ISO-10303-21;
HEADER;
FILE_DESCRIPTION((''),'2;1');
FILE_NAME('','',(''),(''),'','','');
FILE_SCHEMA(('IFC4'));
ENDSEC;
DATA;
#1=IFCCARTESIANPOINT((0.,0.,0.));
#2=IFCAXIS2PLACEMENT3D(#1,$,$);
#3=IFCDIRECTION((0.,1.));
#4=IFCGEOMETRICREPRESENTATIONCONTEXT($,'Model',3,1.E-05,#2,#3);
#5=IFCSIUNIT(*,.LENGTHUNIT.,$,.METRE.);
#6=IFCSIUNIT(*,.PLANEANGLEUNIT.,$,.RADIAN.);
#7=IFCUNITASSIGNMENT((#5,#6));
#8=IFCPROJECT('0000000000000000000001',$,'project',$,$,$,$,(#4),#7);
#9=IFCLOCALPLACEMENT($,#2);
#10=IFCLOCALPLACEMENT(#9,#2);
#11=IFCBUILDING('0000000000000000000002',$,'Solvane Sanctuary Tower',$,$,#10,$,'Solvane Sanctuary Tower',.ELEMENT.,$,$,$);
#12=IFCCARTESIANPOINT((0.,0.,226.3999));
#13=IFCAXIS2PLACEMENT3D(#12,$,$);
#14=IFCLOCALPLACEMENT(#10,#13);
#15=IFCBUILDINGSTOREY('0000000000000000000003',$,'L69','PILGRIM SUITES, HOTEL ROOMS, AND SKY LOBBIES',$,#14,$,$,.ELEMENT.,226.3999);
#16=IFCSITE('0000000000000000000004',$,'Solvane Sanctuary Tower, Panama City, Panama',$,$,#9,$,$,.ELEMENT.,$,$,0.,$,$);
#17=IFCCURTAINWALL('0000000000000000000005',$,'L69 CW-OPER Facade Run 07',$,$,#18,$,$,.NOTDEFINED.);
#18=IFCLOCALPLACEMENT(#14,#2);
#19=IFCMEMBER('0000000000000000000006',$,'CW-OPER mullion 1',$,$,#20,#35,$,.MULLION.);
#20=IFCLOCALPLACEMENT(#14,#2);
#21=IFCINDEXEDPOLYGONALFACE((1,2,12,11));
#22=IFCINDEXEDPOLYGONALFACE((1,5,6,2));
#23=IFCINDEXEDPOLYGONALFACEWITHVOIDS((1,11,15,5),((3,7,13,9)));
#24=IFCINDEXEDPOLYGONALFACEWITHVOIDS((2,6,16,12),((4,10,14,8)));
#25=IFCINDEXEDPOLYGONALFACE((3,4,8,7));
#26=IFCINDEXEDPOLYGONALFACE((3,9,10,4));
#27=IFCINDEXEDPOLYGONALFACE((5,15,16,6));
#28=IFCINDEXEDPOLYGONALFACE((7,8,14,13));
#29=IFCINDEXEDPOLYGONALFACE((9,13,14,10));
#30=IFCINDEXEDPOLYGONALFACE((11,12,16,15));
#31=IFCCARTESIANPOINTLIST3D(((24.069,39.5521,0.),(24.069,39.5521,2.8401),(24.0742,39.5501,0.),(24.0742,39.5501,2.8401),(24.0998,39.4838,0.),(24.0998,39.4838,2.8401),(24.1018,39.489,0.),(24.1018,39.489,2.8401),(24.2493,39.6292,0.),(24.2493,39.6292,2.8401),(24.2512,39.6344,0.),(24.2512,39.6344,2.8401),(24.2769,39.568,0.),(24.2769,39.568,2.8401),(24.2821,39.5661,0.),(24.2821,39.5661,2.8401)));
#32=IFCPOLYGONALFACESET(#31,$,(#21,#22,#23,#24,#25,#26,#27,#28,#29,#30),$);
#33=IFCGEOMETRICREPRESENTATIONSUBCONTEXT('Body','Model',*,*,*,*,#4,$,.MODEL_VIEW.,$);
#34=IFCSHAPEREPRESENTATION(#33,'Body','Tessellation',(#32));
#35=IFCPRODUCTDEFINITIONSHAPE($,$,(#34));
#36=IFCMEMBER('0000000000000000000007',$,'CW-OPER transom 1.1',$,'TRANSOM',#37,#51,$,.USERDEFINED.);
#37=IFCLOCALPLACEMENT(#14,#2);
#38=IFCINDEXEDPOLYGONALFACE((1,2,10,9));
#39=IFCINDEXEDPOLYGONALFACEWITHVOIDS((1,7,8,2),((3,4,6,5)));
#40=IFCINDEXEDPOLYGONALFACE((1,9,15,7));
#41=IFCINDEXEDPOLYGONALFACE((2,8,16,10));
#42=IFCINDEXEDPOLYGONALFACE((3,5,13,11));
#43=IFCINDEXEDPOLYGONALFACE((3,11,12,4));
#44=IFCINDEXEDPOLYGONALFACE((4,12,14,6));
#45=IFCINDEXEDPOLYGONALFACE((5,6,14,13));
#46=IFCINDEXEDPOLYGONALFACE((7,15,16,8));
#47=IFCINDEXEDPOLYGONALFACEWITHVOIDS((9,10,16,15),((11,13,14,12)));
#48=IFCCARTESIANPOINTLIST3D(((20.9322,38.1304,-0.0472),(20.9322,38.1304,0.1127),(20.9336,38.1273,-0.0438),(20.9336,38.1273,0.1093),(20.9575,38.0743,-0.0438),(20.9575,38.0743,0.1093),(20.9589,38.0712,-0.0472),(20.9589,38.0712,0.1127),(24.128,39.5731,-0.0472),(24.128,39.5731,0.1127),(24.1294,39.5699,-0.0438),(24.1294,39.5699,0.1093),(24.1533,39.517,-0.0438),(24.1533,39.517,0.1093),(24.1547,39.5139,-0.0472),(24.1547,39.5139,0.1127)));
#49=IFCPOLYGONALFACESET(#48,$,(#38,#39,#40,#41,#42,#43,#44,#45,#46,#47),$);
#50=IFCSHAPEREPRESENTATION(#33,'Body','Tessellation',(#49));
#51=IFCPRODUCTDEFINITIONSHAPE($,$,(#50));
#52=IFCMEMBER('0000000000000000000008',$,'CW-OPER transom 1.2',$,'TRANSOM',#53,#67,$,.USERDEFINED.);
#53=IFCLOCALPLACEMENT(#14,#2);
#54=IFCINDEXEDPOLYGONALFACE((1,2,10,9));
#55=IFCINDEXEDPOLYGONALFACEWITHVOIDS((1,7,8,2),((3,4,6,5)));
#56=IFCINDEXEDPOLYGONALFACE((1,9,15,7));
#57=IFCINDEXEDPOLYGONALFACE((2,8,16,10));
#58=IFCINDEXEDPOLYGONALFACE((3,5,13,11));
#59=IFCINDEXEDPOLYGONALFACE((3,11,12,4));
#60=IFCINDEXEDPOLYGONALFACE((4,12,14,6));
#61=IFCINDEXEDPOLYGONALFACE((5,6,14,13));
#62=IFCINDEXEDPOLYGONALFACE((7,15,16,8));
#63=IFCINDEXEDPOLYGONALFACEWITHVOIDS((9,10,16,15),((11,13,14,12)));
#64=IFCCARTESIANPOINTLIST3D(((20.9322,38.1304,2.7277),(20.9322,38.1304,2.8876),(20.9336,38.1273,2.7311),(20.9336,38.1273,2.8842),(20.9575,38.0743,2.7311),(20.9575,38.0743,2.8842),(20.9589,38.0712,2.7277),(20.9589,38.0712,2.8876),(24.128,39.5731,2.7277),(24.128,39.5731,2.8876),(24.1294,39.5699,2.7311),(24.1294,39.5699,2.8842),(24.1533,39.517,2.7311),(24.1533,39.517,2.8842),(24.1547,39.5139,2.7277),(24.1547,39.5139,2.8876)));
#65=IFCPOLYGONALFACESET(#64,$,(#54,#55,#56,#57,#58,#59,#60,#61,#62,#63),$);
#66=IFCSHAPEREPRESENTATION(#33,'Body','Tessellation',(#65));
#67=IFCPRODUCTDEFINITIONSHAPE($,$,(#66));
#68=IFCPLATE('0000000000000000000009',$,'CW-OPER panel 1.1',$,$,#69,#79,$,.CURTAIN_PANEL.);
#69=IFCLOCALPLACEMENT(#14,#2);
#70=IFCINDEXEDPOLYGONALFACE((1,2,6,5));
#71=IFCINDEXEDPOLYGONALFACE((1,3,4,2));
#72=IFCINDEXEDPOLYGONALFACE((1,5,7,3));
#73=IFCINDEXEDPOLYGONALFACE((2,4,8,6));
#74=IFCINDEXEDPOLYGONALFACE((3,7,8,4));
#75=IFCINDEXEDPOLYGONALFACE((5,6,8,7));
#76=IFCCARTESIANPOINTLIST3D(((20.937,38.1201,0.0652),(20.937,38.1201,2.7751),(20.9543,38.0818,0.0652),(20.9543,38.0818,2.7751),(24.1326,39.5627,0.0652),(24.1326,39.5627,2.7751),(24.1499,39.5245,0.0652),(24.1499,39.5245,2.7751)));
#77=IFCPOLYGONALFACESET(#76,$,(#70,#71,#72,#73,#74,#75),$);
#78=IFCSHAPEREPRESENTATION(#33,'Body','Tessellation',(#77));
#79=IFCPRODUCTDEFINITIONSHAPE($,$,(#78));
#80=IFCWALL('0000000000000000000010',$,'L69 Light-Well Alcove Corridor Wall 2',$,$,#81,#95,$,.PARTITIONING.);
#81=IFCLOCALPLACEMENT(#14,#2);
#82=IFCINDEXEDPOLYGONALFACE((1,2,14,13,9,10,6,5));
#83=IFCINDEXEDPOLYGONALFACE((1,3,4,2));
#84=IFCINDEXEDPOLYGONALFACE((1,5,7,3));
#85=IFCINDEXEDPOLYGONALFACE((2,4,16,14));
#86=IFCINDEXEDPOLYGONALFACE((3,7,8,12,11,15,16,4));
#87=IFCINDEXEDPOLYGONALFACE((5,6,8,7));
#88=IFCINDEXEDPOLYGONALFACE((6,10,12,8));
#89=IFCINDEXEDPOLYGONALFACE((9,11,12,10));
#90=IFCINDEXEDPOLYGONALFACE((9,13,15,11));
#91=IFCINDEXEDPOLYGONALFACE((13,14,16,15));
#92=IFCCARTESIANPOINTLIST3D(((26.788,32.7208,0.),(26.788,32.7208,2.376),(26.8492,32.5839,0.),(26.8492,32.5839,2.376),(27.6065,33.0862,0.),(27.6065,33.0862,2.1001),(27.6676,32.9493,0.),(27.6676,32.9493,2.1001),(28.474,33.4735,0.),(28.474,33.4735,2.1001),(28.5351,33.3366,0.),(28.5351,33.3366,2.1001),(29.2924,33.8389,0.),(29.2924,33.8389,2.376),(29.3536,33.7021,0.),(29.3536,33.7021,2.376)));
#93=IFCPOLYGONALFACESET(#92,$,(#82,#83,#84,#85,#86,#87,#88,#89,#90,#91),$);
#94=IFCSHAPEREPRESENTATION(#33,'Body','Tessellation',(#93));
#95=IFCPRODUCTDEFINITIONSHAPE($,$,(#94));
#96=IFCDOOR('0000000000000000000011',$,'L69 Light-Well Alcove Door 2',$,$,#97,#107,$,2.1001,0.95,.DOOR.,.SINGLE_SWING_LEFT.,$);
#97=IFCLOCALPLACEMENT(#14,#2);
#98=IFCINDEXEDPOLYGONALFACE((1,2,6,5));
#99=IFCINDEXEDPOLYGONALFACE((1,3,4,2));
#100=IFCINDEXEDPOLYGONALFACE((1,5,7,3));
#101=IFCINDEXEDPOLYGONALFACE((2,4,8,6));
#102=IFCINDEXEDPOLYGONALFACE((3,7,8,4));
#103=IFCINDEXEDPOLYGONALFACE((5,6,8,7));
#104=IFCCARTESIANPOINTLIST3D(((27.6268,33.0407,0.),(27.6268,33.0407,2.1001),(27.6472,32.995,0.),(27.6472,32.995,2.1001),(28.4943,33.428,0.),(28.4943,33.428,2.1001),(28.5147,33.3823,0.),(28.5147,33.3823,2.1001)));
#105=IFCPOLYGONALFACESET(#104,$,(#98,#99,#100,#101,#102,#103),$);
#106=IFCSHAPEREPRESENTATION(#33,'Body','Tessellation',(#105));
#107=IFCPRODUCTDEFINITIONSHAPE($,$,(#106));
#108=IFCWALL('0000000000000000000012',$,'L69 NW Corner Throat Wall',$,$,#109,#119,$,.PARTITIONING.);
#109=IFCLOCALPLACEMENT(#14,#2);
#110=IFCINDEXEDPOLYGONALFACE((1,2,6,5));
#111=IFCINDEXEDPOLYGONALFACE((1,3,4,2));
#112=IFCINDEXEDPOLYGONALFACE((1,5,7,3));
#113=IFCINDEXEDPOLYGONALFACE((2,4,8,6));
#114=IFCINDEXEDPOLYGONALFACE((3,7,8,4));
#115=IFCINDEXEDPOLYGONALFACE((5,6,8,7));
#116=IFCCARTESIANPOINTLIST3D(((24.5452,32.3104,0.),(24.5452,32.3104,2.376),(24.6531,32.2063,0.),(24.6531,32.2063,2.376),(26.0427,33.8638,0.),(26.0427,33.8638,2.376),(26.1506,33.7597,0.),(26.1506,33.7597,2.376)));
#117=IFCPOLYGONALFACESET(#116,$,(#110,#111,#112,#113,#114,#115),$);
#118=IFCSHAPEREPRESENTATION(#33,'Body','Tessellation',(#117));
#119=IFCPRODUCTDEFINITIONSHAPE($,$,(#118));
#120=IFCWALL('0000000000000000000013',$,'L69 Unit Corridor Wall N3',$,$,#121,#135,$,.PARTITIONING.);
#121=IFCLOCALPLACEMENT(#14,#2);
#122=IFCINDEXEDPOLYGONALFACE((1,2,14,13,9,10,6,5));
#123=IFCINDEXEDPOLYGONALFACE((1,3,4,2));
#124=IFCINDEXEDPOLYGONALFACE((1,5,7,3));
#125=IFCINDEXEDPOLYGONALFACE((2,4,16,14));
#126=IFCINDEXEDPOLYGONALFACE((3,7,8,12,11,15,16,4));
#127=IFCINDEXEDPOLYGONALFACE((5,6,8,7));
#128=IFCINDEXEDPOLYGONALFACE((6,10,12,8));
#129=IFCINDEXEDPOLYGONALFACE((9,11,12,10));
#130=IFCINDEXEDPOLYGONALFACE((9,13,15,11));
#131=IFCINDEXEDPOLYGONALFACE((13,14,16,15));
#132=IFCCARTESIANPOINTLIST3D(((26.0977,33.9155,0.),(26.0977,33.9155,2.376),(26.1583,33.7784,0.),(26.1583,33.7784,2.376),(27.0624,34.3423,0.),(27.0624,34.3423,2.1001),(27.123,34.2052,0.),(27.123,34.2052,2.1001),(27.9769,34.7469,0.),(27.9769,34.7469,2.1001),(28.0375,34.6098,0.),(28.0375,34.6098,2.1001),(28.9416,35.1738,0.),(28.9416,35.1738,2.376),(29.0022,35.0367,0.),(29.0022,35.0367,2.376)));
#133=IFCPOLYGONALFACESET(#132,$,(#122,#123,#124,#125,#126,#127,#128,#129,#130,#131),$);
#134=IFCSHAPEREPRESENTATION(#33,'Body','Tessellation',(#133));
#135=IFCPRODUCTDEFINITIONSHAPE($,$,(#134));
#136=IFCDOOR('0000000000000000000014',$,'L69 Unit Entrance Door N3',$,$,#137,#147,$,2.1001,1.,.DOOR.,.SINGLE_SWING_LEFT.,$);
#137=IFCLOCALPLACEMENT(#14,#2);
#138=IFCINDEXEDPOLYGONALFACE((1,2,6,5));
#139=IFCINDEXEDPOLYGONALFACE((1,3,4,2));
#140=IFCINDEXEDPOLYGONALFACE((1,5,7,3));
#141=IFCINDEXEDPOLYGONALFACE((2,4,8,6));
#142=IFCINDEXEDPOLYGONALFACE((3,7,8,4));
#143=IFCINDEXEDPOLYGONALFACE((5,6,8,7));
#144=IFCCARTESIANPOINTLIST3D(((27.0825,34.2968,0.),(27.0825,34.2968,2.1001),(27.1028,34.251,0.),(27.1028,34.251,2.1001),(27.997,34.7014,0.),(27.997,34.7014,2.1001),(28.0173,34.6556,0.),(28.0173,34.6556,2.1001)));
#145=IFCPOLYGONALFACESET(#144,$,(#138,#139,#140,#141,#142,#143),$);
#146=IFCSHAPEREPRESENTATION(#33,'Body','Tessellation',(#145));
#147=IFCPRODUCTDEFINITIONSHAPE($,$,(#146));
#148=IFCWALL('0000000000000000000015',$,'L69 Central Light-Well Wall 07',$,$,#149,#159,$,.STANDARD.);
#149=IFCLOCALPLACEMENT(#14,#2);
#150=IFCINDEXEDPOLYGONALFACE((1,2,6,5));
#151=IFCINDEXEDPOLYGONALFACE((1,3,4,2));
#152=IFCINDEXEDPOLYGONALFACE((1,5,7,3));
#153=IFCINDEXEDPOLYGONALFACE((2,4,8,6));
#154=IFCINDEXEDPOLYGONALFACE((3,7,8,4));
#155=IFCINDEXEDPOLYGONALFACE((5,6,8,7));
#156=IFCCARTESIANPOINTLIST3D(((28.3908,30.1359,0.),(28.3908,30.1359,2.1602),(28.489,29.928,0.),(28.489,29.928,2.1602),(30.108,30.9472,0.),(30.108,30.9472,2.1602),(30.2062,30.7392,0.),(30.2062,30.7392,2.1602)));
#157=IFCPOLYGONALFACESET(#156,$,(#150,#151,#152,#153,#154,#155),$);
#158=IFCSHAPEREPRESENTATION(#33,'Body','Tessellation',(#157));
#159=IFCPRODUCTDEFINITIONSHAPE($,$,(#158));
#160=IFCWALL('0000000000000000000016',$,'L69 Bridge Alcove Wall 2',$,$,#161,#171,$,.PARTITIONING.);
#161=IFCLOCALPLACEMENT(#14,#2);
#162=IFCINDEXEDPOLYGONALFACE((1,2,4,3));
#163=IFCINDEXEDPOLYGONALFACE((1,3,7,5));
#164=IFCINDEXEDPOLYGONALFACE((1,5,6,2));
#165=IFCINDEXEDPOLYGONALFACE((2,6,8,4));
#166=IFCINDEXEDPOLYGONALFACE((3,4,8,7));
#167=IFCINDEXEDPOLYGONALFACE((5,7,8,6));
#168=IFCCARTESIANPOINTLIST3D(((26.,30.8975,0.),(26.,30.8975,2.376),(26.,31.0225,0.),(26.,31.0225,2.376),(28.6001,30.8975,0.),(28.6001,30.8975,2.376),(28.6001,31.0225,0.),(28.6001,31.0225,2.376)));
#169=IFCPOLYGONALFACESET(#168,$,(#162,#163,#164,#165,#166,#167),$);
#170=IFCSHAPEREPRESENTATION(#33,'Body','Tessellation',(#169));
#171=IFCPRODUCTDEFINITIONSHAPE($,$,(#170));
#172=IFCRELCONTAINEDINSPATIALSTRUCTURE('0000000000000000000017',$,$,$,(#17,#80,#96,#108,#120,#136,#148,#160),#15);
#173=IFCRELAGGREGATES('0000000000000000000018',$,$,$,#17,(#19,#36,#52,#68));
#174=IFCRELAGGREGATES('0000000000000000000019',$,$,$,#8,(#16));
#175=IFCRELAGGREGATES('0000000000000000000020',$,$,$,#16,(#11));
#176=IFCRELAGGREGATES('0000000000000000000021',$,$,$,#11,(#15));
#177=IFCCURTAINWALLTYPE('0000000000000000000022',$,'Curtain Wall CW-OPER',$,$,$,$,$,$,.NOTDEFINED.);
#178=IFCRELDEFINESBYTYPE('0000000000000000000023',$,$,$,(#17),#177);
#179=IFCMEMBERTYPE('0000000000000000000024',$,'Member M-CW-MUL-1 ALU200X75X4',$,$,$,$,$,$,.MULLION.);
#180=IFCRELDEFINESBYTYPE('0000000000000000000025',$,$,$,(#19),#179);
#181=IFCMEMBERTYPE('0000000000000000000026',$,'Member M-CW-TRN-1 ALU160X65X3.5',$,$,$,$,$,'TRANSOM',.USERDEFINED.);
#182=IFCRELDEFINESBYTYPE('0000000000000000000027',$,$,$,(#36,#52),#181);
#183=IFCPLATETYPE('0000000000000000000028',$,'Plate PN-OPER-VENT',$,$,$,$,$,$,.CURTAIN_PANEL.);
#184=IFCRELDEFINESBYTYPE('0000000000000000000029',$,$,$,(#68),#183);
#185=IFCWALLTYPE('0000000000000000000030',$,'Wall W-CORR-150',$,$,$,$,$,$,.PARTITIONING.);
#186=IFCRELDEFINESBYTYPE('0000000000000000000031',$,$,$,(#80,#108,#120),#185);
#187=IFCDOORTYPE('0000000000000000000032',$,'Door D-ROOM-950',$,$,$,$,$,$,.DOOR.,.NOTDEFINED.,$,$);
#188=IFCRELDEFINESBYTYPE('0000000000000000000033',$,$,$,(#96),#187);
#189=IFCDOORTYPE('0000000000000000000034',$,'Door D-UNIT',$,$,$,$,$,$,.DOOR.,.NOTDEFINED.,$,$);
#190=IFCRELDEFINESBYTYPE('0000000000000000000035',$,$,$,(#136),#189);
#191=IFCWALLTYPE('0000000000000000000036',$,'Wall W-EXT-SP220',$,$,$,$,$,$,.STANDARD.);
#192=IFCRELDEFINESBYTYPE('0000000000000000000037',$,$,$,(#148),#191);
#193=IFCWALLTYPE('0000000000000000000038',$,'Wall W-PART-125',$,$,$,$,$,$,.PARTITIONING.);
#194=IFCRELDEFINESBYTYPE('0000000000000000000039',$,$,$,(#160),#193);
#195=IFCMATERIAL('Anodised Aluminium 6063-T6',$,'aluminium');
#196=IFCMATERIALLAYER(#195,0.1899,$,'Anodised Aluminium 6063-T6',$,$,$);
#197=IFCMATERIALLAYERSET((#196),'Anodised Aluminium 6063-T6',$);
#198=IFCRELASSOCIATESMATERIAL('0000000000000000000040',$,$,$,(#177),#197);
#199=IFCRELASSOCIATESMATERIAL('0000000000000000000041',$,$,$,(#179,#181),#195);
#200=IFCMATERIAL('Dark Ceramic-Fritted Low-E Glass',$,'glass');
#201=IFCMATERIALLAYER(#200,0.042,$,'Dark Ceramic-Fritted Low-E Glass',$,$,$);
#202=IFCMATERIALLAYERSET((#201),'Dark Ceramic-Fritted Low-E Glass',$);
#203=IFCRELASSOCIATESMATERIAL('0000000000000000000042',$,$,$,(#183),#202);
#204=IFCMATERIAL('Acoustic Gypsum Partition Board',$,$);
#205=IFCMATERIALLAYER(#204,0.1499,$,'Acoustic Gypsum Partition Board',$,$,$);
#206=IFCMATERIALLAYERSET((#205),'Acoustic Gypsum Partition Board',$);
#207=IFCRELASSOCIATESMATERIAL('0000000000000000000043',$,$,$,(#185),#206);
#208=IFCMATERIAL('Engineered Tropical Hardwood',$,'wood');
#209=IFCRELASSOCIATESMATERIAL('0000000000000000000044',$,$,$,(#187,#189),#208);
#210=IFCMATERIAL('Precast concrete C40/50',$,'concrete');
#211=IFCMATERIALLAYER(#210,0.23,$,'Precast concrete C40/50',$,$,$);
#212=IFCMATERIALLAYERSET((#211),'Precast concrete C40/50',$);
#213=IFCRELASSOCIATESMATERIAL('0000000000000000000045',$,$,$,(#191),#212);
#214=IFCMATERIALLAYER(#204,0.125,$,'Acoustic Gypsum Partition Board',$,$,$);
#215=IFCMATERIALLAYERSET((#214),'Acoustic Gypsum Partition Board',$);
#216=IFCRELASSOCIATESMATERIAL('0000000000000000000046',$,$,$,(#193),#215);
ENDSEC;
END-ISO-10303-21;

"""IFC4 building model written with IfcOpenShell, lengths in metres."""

from ifc_helpers import new_model, si_unit, direction, frame, frame_2d, origin, origin_2d, place, context, subcontext, project, spatial, rectangle, hollow_rectangle, extrude, material, layer, layer_set, material_profile, profile_set, type_object, element, fill, aggregate, save


model = new_model("IFC4")

# Units and contexts
model_context = context("Model", 3, precision=1e-05, world=origin(), true_north=direction((0.0, 1.0)))
body_context = subcontext(model_context, "Body", "Model", "MODEL_VIEW")
ifc_project = project(units=[si_unit("LENGTHUNIT", "METRE"), si_unit("PLANEANGLEUNIT", "RADIAN")], contexts=[model_context])

# Site, building, storey
site_placement = place(None, origin())
site = spatial("IfcSite", under=ifc_project, at=site_placement, Name="Solvane Sanctuary Tower, Panama City, Panama", CompositionType="ELEMENT", RefElevation=0.0)
building_placement = place(site_placement, origin())
building = spatial("IfcBuilding", under=site, at=building_placement, Name="Solvane Sanctuary Tower", LongName="Solvane Sanctuary Tower", CompositionType="ELEMENT")
storey_placement = place(building_placement, frame((0.0, 0.0, 226.3999)))
storey = spatial("IfcBuildingStorey", under=building, at=storey_placement, Name="L69", Description="PILGRIM SUITES, HOTEL ROOMS, AND SKY LOBBIES", CompositionType="ELEMENT", Elevation=226.3999)

# Curtain wall, members, plate
ifc_material_1 = material(Name="Anodised Aluminium 6063-T6", Category="aluminium")
ifc_layer_1 = layer(ifc_material_1, 0.1899, Name="Anodised Aluminium 6063-T6")
ifc_layer_set_1 = layer_set([ifc_layer_1], Name="Anodised Aluminium 6063-T6")
curtain_wall_type = type_object("IfcCurtainWallType", Name="Curtain Wall CW-OPER", PredefinedType="NOTDEFINED", material=ifc_layer_set_1)
curtain_wall_placement = place(storey_placement, origin())
curtain_wall = element("IfcCurtainWall", 1, at=curtain_wall_placement, inside=storey, type_object=curtain_wall_type, Name="L69 CW-OPER Facade Run 07", PredefinedType="NOTDEFINED")
ifc_material_profile_1 = material_profile(ifc_material_1, hollow_rectangle(XDim=0.075, YDim=0.2, WallThickness=0.0039, at=origin_2d()), Name="ALU200X75X4")
ifc_profile_set_1 = profile_set([ifc_material_profile_1], Name="Anodised Aluminium 6063-T6")
member_type_1 = type_object("IfcMemberType", Name="Member M-CW-MUL-1 ALU200X75X4", PredefinedType="MULLION", material=ifc_profile_set_1)
member_1_placement = place(storey_placement, frame((24.1755, 39.5591, 0.0), z_axis=(0.0, 0.0, 1.0), x_axis=(0.411471, -0.911423, 0.0)))
member_1 = element("IfcMember", 2, at=member_1_placement, type_object=member_type_1, Name="CW-OPER mullion 1", PredefinedType="MULLION", context=body_context, shape_type="SweptSolid", body=[
    extrude(hollow_rectangle(XDim=0.075, YDim=0.2, WallThickness=0.0039, at=origin_2d()), origin(), (0.0, 0.0, 1.0), 2.8401),
])
ifc_material_profile_2 = material_profile(ifc_material_1, hollow_rectangle(XDim=0.0649, YDim=0.1599, WallThickness=0.0034, at=origin_2d()), Name="ALU160X65X3.5")
ifc_profile_set_2 = profile_set([ifc_material_profile_2], Name="Anodised Aluminium 6063-T6")
member_type_2 = type_object("IfcMemberType", Name="Member M-CW-TRN-1 ALU160X65X3.5", ElementType="TRANSOM", PredefinedType="USERDEFINED", material=ifc_profile_set_2)
member_2_placement = place(storey_placement, frame((24.1414, 39.5435, 0.0327), z_axis=(-0.911439, -0.411436, 0.0), x_axis=(0.411436, -0.911439, 0.0)))
member_2 = element("IfcMember", 3, at=member_2_placement, type_object=member_type_2, Name="CW-OPER transom 1.1", ObjectType="TRANSOM", PredefinedType="USERDEFINED", context=body_context, shape_type="SweptSolid", body=[
    extrude(hollow_rectangle(XDim=0.0649, YDim=0.1599, WallThickness=0.0034, at=origin_2d()), origin(), (0.0, 0.0, 1.0), 3.5063),
])
member_3_placement = place(storey_placement, frame((24.1414, 39.5435, 2.8076), z_axis=(-0.911439, -0.411436, 0.0), x_axis=(0.411436, -0.911439, 0.0)))
member_3 = element("IfcMember", 4, at=member_3_placement, type_object=member_type_2, Name="CW-OPER transom 1.2", ObjectType="TRANSOM", PredefinedType="USERDEFINED", context=body_context, shape_type="SweptSolid", body=[
    extrude(hollow_rectangle(XDim=0.0649, YDim=0.1599, WallThickness=0.0034, at=origin_2d()), origin(), (0.0, 0.0, 1.0), 3.5063),
])
ifc_material_2 = material(Name="Dark Ceramic-Fritted Low-E Glass", Category="glass")
ifc_layer_2 = layer(ifc_material_2, 0.042, Name="Dark Ceramic-Fritted Low-E Glass")
ifc_layer_set_2 = layer_set([ifc_layer_2], Name="Dark Ceramic-Fritted Low-E Glass")
plate_type = type_object("IfcPlateType", Name="Plate PN-OPER-VENT", PredefinedType="CURTAIN_PANEL", material=ifc_layer_set_2)
plate_placement = place(storey_placement, frame((22.5435, 38.8223, 0.0652), z_axis=(0.0, 0.0, 1.0), x_axis=(-0.911423, -0.411471, 0.0)))
plate = element("IfcPlate", 5, at=plate_placement, type_object=plate_type, Name="CW-OPER panel 1.1", PredefinedType="CURTAIN_PANEL", context=body_context, shape_type="SweptSolid", body=[
    extrude(rectangle(XDim=3.5061, YDim=0.042, at=origin_2d()), origin(), (0.0, 0.0, 1.0), 2.71),
])
aggregate(curtain_wall, [member_1, member_2, member_3, plate])

# Wall, opening, door
ifc_material_3 = material(Name="Acoustic Gypsum Partition Board")
ifc_layer_3 = layer(ifc_material_3, 0.1499, Name="Acoustic Gypsum Partition Board")
ifc_layer_set_3 = layer_set([ifc_layer_3], Name="Acoustic Gypsum Partition Board")
wall_type_1 = type_object("IfcWallType", Name="Wall W-CORR-150", PredefinedType="PARTITIONING", material=ifc_layer_set_3)
wall_1_placement = place(storey_placement, frame((29.323, 33.7705, 0.0), z_axis=(0.0, 0.0, 1.0), x_axis=(-0.91312, -0.407691, 0.0)))
wall_1 = element("IfcWall", 6, at=wall_1_placement, inside=storey, type_object=wall_type_1, Name="L69 Light-Well Alcove Corridor Wall 2", PredefinedType="PARTITIONING", context=body_context, shape_type="SweptSolid", body=[
    extrude(rectangle(XDim=2.7427, YDim=0.1499, at=frame_2d((1.3713, 0.0))), origin(), (0.0, 0.0, 1.0), 2.376),
])
opening_1_placement = place(wall_1_placement, frame((0.8962, 0.0, 0.0)))
opening_1 = element("IfcOpeningElement", 7, at=opening_1_placement, cuts=wall_1, PredefinedType="OPENING", context=body_context, shape_type="SweptSolid", body=[
    extrude(rectangle(XDim=0.95, YDim=2.1001, at=frame_2d((0.4751, 1.05))), frame((0.0, 0.085, 0.0), z_axis=(0.0, -1.0, 0.0), x_axis=(1.0, 0.0, 0.0)), (0.0, 0.0, 1.0), 0.1699),
])
ifc_material_4 = material(Name="Engineered Tropical Hardwood", Category="wood")
door_type_1 = type_object("IfcDoorType", Name="Door D-ROOM-950", OperationType="NOTDEFINED", PredefinedType="DOOR", material=ifc_material_4)
door_1_placement = place(opening_1_placement, origin())
door_1 = element("IfcDoor", 8, at=door_1_placement, inside=storey, type_object=door_type_1, Name="L69 Light-Well Alcove Door 2", OperationType="SINGLE_SWING_LEFT", OverallHeight=2.1001, OverallWidth=0.95, PredefinedType="DOOR", context=body_context, shape_type="SweptSolid", body=[
    extrude(rectangle(XDim=0.95, YDim=2.1001, at=frame_2d((0.4751, 1.05))), frame((0.0, 0.0249, 0.0), z_axis=(0.0, -1.0, 0.0), x_axis=(1.0, 0.0, 0.0)), (0.0, 0.0, 1.0), 0.05),
])
fill(opening_1, door_1)

# Wall
wall_2_placement = place(storey_placement, frame((26.0967, 33.8118, 0.0), z_axis=(0.0, 0.0, 1.0), x_axis=(-0.694033, -0.719943, 0.0)))
element("IfcWall", 9, at=wall_2_placement, inside=storey, type_object=wall_type_1, Name="L69 NW Corner Throat Wall", PredefinedType="PARTITIONING", context=body_context, shape_type="SweptSolid", body=[
    extrude(rectangle(XDim=2.1577, YDim=0.1499, at=frame_2d((1.0789, 0.0))), origin(), (0.0, 0.0, 1.0), 2.376),
])

# Wall, opening, door
wall_3_placement = place(storey_placement, frame((28.9719, 35.1052, 0.0), z_axis=(0.0, 0.0, 1.0), x_axis=(-0.91449, -0.404608, 0.0)))
wall_3 = element("IfcWall", 10, at=wall_3_placement, inside=storey, type_object=wall_type_1, Name="L69 Unit Corridor Wall N3", PredefinedType="PARTITIONING", context=body_context, shape_type="SweptSolid", body=[
    extrude(rectangle(XDim=3.1099, YDim=0.1499, at=frame_2d((1.5549, 0.0))), origin(), (0.0, 0.0, 1.0), 2.376),
])
opening_2_placement = place(wall_3_placement, frame((1.0549, 0.0, 0.0)))
opening_2 = element("IfcOpeningElement", 11, at=opening_2_placement, cuts=wall_3, PredefinedType="OPENING", context=body_context, shape_type="SweptSolid", body=[
    extrude(rectangle(XDim=1.0, YDim=2.1001, at=frame_2d((0.5, 1.05))), frame((0.0, 0.085, 0.0), z_axis=(0.0, -1.0, 0.0), x_axis=(1.0, 0.0, 0.0)), (0.0, 0.0, 1.0), 0.1699),
])
door_type_2 = type_object("IfcDoorType", Name="Door D-UNIT", OperationType="NOTDEFINED", PredefinedType="DOOR", material=ifc_material_4)
door_2_placement = place(opening_2_placement, origin())
door_2 = element("IfcDoor", 12, at=door_2_placement, inside=storey, type_object=door_type_2, Name="L69 Unit Entrance Door N3", OperationType="SINGLE_SWING_LEFT", OverallHeight=2.1001, OverallWidth=1.0, PredefinedType="DOOR", context=body_context, shape_type="SweptSolid", body=[
    extrude(rectangle(XDim=1.0, YDim=2.1001, at=frame_2d((0.5, 1.05))), frame((0.0, 0.0249, 0.0), z_axis=(0.0, -1.0, 0.0), x_axis=(1.0, 0.0, 0.0)), (0.0, 0.0, 1.0), 0.05),
])
fill(opening_2, door_2)

# Walls
ifc_material_5 = material(Name="Precast concrete C40/50", Category="concrete")
ifc_layer_4 = layer(ifc_material_5, 0.23, Name="Precast concrete C40/50")
ifc_layer_set_4 = layer_set([ifc_layer_4], Name="Precast concrete C40/50")
wall_type_2 = type_object("IfcWallType", Name="Wall W-EXT-SP220", PredefinedType="STANDARD", material=ifc_layer_set_4)
wall_4_placement = place(storey_placement, frame((30.1572, 30.8433, 0.0), z_axis=(0.0, 0.0, 1.0), x_axis=(-0.90418, -0.427152, 0.0)))
element("IfcWall", 13, at=wall_4_placement, inside=storey, type_object=wall_type_2, Name="L69 Central Light-Well Wall 07", PredefinedType="STANDARD", context=body_context, shape_type="SweptSolid", body=[
    extrude(rectangle(XDim=1.8992, YDim=0.23, at=frame_2d((0.9497, 0.0))), origin(), (0.0, 0.0, 1.0), 2.1602),
])
ifc_layer_5 = layer(ifc_material_3, 0.125, Name="Acoustic Gypsum Partition Board")
ifc_layer_set_5 = layer_set([ifc_layer_5], Name="Acoustic Gypsum Partition Board")
wall_type_3 = type_object("IfcWallType", Name="Wall W-PART-125", PredefinedType="PARTITIONING", material=ifc_layer_set_5)
wall_5_placement = place(storey_placement, frame((26.0, 30.96, 0.0), z_axis=(0.0, 0.0, 1.0), x_axis=(1.0, 0.0, 0.0)))
element("IfcWall", 14, at=wall_5_placement, inside=storey, type_object=wall_type_3, Name="L69 Bridge Alcove Wall 2", PredefinedType="PARTITIONING", context=body_context, shape_type="SweptSolid", body=[
    extrude(rectangle(XDim=2.6001, YDim=0.125, at=frame_2d((1.3, 0.0))), origin(), (0.0, 0.0, 1.0), 2.376),
])

save(model, "model.ifc")
